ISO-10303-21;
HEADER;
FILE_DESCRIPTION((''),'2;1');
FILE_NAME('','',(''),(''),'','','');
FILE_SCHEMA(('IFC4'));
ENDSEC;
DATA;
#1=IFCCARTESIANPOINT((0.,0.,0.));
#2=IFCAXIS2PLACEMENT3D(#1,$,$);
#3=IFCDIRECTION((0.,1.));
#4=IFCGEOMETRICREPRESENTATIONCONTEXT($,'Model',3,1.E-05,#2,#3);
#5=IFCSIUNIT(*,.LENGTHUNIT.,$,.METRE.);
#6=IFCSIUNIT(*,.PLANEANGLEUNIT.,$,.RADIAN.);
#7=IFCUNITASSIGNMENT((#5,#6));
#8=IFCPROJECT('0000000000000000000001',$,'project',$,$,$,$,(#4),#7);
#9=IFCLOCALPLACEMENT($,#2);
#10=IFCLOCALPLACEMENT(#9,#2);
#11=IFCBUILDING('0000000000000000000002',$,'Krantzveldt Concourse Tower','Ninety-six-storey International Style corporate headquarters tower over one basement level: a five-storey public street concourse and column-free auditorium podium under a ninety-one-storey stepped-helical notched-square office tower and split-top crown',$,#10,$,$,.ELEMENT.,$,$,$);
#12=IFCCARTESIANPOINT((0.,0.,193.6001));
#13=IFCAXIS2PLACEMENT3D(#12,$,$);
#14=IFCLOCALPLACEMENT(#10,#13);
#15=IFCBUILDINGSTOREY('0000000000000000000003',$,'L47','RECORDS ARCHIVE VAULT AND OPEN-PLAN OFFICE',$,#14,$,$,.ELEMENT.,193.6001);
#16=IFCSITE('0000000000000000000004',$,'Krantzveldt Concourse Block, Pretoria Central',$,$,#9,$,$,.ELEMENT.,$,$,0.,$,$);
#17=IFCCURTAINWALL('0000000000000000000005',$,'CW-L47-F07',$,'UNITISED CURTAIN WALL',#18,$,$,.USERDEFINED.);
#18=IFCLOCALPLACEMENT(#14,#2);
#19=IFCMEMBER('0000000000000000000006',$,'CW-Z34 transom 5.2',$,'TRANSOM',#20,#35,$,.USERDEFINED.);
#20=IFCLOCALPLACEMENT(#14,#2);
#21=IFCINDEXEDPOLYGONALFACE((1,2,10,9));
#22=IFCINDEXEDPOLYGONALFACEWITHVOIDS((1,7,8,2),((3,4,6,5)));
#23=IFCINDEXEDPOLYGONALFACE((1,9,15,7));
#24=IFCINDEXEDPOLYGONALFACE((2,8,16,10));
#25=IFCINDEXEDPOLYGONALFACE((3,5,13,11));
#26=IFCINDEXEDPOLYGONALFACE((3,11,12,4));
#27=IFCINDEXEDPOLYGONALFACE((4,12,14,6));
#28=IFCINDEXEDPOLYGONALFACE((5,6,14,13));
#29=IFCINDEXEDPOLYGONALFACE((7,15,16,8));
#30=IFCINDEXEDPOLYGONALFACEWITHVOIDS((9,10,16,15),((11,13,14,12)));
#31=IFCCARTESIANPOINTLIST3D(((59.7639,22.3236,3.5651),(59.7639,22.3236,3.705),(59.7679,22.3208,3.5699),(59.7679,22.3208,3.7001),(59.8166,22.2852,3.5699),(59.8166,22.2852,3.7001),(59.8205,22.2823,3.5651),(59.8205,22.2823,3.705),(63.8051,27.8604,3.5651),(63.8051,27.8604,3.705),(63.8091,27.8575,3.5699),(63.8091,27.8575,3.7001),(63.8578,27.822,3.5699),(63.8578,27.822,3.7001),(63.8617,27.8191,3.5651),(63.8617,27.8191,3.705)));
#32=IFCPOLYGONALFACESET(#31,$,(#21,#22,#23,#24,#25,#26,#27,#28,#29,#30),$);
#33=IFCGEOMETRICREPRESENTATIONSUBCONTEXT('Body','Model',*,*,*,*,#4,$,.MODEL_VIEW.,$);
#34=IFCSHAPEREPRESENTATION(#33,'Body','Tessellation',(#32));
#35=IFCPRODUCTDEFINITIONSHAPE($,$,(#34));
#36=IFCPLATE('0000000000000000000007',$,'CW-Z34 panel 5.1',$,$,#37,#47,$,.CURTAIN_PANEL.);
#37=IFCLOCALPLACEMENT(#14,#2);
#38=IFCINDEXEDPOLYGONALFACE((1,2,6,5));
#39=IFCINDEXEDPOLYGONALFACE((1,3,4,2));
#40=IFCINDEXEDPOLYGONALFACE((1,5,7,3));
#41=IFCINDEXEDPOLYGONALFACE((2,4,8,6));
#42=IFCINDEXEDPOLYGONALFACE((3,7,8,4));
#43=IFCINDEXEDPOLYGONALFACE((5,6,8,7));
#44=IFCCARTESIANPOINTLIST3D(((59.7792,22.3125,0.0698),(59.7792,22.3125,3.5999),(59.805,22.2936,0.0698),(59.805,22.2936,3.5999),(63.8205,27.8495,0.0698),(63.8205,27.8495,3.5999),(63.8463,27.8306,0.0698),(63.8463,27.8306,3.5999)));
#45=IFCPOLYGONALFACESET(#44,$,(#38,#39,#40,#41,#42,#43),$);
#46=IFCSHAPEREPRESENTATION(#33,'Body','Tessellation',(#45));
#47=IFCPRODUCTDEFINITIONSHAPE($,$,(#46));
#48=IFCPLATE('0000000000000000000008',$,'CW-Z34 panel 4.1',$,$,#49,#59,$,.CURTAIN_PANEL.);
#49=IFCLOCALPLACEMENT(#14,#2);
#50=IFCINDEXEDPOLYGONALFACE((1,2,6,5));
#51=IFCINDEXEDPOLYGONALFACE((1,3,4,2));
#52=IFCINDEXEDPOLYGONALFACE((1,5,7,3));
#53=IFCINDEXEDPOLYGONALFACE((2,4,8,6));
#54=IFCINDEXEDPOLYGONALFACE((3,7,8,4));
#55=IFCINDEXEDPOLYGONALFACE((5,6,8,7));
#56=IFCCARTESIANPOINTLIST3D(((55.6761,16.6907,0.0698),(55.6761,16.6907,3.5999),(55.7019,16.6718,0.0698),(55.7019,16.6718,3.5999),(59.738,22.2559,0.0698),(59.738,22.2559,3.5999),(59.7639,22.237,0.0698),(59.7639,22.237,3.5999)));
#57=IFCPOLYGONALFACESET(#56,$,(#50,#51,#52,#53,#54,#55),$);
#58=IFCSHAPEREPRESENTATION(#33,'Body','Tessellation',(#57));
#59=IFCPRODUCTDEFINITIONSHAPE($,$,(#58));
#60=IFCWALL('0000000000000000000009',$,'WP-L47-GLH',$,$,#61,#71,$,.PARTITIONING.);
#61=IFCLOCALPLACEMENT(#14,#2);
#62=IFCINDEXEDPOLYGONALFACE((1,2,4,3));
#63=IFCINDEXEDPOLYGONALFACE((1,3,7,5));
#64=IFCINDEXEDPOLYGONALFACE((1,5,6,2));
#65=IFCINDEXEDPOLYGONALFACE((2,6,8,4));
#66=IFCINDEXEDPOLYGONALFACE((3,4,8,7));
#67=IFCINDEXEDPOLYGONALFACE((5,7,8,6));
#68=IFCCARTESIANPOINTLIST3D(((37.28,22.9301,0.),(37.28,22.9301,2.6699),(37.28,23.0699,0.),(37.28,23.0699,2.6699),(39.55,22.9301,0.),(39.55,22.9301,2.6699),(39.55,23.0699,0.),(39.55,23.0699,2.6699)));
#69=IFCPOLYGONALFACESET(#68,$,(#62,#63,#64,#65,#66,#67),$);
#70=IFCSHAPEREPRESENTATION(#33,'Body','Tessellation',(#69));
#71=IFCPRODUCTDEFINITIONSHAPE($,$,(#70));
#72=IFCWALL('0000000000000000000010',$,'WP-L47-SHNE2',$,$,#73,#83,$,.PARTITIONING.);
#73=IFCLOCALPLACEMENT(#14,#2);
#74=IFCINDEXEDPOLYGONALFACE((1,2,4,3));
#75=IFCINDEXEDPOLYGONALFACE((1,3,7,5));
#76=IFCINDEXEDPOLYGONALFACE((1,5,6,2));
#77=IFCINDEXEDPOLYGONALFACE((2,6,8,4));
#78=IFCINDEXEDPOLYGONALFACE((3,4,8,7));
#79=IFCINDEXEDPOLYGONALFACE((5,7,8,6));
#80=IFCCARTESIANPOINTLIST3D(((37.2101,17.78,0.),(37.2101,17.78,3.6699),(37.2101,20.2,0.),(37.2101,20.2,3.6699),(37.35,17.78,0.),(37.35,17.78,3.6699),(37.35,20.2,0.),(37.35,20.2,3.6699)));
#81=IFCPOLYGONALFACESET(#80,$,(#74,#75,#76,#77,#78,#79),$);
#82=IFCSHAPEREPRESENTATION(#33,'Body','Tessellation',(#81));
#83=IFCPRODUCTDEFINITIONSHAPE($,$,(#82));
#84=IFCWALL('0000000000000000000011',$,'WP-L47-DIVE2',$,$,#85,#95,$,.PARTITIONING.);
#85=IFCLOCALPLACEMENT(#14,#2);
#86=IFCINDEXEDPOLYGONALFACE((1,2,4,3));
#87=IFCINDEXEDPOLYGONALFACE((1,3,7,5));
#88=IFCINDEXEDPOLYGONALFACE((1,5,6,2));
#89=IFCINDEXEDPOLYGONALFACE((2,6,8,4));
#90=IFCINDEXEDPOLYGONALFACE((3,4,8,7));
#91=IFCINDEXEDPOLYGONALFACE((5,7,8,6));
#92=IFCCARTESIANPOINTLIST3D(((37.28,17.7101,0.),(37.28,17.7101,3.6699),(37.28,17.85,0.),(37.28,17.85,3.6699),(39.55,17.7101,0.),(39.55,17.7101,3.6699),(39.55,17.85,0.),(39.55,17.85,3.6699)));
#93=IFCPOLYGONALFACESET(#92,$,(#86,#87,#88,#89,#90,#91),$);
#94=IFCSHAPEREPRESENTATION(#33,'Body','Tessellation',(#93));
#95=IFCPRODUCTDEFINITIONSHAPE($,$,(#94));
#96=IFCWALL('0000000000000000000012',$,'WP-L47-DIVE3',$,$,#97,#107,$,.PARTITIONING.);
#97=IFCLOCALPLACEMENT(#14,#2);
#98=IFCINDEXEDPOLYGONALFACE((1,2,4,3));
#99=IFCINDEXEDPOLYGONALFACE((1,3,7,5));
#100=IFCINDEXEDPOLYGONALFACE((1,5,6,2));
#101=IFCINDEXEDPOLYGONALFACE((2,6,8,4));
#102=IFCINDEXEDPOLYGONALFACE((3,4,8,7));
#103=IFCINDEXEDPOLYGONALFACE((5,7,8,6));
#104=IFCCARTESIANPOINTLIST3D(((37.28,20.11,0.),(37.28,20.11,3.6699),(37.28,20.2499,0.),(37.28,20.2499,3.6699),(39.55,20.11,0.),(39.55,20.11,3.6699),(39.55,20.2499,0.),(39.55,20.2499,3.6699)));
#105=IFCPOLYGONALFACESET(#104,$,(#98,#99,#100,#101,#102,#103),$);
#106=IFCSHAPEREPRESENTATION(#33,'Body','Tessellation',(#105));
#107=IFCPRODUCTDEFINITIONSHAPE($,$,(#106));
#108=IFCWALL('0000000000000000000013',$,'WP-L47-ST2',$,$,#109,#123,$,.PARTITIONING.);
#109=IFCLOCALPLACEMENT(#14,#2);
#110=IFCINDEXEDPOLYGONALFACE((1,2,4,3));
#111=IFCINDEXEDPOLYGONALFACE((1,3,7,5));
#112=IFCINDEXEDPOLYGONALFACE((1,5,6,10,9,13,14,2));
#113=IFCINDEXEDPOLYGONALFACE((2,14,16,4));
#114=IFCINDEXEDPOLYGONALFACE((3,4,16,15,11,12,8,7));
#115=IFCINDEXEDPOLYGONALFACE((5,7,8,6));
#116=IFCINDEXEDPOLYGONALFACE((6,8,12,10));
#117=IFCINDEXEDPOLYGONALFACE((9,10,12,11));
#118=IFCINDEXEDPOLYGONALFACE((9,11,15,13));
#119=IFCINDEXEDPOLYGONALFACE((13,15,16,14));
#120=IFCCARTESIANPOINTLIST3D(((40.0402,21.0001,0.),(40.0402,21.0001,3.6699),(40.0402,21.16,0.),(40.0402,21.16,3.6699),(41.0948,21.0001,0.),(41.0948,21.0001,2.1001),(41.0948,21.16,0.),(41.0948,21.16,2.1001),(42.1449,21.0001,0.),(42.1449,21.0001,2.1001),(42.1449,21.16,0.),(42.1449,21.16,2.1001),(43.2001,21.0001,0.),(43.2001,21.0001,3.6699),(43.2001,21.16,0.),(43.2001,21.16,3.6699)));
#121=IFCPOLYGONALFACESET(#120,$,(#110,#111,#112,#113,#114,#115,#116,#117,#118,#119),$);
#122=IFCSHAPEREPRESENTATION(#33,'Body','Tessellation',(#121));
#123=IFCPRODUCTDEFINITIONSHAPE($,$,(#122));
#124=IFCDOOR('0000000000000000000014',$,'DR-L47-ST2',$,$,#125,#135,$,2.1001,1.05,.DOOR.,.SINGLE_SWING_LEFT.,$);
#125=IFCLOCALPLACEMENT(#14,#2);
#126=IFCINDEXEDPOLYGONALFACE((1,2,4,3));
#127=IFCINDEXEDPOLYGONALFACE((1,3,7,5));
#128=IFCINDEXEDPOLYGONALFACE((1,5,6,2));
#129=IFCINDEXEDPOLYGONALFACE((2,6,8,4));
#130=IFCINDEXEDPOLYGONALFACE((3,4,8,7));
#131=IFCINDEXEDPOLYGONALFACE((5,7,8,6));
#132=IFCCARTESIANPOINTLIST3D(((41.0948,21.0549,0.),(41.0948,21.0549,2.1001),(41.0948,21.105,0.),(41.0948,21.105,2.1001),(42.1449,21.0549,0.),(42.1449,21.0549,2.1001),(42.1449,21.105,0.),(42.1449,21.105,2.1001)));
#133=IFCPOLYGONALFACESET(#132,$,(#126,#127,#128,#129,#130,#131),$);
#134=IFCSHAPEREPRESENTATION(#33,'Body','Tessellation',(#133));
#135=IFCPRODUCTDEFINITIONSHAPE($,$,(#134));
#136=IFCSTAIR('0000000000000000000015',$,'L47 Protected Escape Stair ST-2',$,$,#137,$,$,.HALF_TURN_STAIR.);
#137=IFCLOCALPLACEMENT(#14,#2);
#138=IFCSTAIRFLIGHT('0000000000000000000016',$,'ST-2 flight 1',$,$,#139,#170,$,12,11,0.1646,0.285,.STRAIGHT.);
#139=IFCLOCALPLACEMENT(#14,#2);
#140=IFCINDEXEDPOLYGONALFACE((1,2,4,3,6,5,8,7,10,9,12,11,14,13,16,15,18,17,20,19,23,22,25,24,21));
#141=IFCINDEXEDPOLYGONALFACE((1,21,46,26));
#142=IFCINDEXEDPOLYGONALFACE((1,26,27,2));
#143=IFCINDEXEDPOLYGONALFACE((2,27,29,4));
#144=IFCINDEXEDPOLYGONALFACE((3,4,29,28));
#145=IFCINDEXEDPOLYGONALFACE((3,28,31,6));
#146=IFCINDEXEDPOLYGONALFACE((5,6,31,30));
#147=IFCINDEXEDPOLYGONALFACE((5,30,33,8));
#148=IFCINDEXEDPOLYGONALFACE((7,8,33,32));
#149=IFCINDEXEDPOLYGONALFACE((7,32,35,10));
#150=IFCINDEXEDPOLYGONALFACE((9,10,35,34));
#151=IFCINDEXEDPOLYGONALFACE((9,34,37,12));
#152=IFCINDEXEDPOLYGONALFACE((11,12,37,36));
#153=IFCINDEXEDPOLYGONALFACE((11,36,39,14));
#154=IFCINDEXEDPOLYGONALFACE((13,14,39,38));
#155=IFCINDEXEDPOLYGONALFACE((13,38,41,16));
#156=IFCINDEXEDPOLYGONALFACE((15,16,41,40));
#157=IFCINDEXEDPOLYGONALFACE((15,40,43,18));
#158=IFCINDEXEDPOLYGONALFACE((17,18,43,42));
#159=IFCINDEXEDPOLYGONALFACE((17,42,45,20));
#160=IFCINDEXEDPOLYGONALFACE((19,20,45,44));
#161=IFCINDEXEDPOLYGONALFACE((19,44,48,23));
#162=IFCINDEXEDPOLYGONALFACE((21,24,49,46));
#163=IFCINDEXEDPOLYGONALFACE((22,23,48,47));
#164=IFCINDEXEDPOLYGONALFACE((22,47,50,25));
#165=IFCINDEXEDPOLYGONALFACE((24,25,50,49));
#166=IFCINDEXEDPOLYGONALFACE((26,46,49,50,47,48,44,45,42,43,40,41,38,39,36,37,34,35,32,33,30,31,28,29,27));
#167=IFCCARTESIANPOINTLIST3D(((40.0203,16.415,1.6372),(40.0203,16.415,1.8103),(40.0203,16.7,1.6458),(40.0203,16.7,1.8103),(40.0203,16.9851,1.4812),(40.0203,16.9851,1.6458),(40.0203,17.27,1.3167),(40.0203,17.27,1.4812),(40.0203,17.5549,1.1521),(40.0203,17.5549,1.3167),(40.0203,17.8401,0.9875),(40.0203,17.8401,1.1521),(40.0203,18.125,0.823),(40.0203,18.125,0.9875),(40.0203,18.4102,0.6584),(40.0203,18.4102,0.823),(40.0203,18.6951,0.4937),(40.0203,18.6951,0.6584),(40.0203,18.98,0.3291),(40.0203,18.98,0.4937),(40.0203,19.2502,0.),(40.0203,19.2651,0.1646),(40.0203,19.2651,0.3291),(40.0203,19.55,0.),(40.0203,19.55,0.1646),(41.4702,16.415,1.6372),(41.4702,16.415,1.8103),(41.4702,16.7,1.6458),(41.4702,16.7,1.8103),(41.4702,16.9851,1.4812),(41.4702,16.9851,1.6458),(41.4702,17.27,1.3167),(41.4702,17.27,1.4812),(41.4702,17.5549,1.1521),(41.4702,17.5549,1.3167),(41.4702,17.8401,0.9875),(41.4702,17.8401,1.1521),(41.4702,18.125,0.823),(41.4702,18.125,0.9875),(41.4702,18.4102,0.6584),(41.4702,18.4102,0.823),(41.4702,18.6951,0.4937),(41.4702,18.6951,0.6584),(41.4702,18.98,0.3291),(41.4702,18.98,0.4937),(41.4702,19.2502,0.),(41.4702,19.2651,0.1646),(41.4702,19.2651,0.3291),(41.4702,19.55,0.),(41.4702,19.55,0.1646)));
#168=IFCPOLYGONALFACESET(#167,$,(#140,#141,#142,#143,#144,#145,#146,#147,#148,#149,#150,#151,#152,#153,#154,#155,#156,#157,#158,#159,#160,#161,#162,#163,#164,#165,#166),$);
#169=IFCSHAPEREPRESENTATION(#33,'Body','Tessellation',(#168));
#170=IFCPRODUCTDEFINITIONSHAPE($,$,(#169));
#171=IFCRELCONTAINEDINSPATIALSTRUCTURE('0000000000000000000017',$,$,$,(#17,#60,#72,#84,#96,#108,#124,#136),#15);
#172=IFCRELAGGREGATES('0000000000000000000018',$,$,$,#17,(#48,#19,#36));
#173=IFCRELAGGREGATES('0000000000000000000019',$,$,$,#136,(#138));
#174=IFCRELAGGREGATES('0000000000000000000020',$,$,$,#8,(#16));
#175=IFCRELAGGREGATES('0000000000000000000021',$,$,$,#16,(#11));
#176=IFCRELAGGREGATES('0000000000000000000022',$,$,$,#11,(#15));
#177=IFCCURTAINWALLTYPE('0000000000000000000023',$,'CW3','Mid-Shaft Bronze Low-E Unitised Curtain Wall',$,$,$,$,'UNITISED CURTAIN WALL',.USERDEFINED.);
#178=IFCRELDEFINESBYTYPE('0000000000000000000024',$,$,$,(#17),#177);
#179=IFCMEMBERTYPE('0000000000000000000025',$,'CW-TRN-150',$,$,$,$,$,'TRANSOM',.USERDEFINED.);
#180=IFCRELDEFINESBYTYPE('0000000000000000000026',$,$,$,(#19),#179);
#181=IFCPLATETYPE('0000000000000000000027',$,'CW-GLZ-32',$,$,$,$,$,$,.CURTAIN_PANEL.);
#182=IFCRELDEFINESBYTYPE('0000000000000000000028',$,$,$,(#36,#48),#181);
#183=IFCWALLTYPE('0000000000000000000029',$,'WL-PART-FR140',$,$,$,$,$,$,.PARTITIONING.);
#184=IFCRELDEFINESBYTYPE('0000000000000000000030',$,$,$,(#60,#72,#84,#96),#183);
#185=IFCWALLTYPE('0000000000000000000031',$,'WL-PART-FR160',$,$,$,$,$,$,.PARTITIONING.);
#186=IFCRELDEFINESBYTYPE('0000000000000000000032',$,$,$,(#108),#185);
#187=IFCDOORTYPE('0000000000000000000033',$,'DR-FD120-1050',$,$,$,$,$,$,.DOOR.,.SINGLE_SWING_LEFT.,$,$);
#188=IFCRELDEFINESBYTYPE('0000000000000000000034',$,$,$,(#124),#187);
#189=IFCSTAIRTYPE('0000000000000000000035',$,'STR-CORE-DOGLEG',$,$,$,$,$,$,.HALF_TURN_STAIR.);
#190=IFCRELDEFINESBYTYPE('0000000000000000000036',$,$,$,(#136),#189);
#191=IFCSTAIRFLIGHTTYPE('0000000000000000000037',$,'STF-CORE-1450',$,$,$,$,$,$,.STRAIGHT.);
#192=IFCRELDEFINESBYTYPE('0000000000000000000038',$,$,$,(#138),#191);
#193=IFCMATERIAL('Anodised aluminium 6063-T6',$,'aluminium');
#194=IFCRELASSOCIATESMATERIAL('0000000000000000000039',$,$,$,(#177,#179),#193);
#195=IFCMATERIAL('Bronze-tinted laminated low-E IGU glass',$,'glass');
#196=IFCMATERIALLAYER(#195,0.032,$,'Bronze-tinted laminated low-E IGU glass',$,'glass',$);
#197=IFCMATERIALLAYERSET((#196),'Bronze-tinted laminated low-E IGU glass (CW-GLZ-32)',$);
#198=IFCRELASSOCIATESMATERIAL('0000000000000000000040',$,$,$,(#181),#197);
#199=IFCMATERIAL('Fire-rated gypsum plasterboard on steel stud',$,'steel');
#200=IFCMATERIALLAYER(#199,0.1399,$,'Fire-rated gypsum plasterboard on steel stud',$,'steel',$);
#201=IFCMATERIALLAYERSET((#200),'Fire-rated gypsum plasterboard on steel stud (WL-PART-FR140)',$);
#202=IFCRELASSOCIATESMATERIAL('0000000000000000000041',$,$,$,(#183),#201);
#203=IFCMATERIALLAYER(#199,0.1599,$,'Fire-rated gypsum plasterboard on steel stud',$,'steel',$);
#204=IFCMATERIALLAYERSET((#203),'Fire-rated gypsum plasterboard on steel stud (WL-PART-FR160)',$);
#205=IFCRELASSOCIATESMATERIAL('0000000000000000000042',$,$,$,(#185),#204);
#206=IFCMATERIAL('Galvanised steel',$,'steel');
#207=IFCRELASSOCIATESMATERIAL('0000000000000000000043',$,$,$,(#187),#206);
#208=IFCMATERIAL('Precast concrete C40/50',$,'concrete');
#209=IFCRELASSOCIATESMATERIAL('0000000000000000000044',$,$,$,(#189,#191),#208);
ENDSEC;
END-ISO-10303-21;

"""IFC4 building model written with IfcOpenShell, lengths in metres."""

from ifc_helpers import new_model, si_unit, direction, frame, frame_2d, origin, origin_2d, place, context, subcontext, project, spatial, polyline, rectangle, hollow_rectangle, outline, extrude, source, transform, mapped, material, layer, layer_set, material_profile, profile_set, type_object, type_shapes, element, fill, aggregate, save


model = new_model("IFC4")

# Units and contexts
model_context = context("Model", 3, precision=1e-05, world=origin(), true_north=direction((0.0, 1.0)))
body_context = subcontext(model_context, "Body", "Model", "MODEL_VIEW")
ifc_project = project(units=[si_unit("LENGTHUNIT", "METRE"), si_unit("PLANEANGLEUNIT", "RADIAN")], contexts=[model_context])

# Site, building, storey
site_placement = place(None, origin())
site = spatial("IfcSite", under=ifc_project, at=site_placement, Name="Krantzveldt Concourse Block, Pretoria Central", CompositionType="ELEMENT", RefElevation=0.0)
building_placement = place(site_placement, origin())
building = spatial("IfcBuilding", under=site, at=building_placement, Name="Krantzveldt Concourse Tower", Description="Ninety-six-storey International Style corporate headquarters tower over one basement level: a five-storey public street concourse and column-free auditorium podium under a ninety-one-storey stepped-helical notched-square office tower and split-top crown", CompositionType="ELEMENT")
storey_placement = place(building_placement, frame((0.0, 0.0, 193.6001)))
storey = spatial("IfcBuildingStorey", under=building, at=storey_placement, Name="L47", Description="RECORDS ARCHIVE VAULT AND OPEN-PLAN OFFICE", CompositionType="ELEMENT", Elevation=193.6001)

# Curtain wall, member, plates
ifc_material_1 = material(Name="Anodised aluminium 6063-T6", Category="aluminium")
curtain_wall_type = type_object("IfcCurtainWallType", Name="CW3", Description="Mid-Shaft Bronze Low-E Unitised Curtain Wall", ElementType="UNITISED CURTAIN WALL", PredefinedType="USERDEFINED", material=ifc_material_1)
curtain_wall_placement = place(storey_placement, origin())
curtain_wall = element("IfcCurtainWall", 1, at=curtain_wall_placement, inside=storey, type_object=curtain_wall_type, Name="CW-L47-F07", ObjectType="UNITISED CURTAIN WALL", PredefinedType="USERDEFINED")
ifc_material_profile_1 = material_profile(ifc_material_1, hollow_rectangle(XDim=0.0701, YDim=0.1399, WallThickness=0.0049, at=origin_2d()), Name="Anodised aluminium 6063-T6", Category="aluminium")
ifc_profile_set_1 = profile_set([ifc_material_profile_1], Name="Anodised aluminium 6063-T6 - ALU-TRAN 140x70x5")
member_type_1 = type_object("IfcMemberType", Name="CW-TRN-150", ElementType="TRANSOM", PredefinedType="USERDEFINED", material=ifc_profile_set_1)
shared_shape_1 = source(origin(), body_context, "Body", "SweptSolid", [
    extrude(hollow_rectangle(XDim=0.0701, YDim=0.1399, WallThickness=0.0049, at=origin_2d()), origin(), (0.0, 0.0, 1.0), 6.8547),
])
member_1_placement = place(storey_placement, frame((59.7922, 22.303, 3.635), z_axis=(0.589549, 0.807732, 0.0), x_axis=(-0.807732, 0.589549, 0.0)))
member_1 = element("IfcMember", 2, at=member_1_placement, type_object=member_type_1, Name="CW-Z34 transom 5.2", ObjectType="TRANSOM", PredefinedType="USERDEFINED", context=body_context, shape_type="MappedRepresentation", body=[
    mapped(shared_shape_1, transform((0.0, 0.0, 0.0), x_axis=(1.0, 0.0, 0.0), y_axis=(0.0, 1.0, 0.0), z_axis=(0.0, 0.0, 1.0), scale=1.0)),
])
ifc_material_2 = material(Name="Bronze-tinted laminated low-E IGU glass", Category="glass")
ifc_layer_1 = layer(ifc_material_2, 0.032, Name="Bronze-tinted laminated low-E IGU glass", Category="glass")
ifc_layer_set_1 = layer_set([ifc_layer_1], Name="Bronze-tinted laminated low-E IGU glass (CW-GLZ-32)")
plate_type = type_object("IfcPlateType", Name="CW-GLZ-32", PredefinedType="CURTAIN_PANEL", material=ifc_layer_set_1)
shared_shape_2 = source(origin(), body_context, "Body", "SweptSolid", [
    extrude(rectangle(XDim=6.855, YDim=0.032, at=origin_2d()), origin(), (0.0, 0.0, 1.0), 3.53),
])
plate_1_placement = place(storey_placement, frame((61.8127, 25.0715, 0.0698), z_axis=(0.0, 0.0, 1.0), x_axis=(0.589549, 0.807733, 0.0)))
plate_1 = element("IfcPlate", 3, at=plate_1_placement, type_object=plate_type, Name="CW-Z34 panel 5.1", PredefinedType="CURTAIN_PANEL", context=body_context, shape_type="MappedRepresentation", body=[
    mapped(shared_shape_2, transform((0.0, 0.0, 0.0), x_axis=(1.0, 0.0, 0.0), y_axis=(0.0, 1.0, 0.0), z_axis=(0.0, 0.0, 1.0), scale=1.0)),
])
shared_shape_3 = source(origin(), body_context, "Body", "SweptSolid", [
    extrude(rectangle(XDim=6.8899, YDim=0.032, at=origin_2d()), origin(), (0.0, 0.0, 1.0), 3.53),
])
type_shapes(plate_type, [shared_shape_2, shared_shape_3])
plate_2_placement = place(storey_placement, frame((57.72, 19.4639, 0.0698), z_axis=(0.0, 0.0, 1.0), x_axis=(0.589549, 0.807733, 0.0)))
plate_2 = element("IfcPlate", 4, at=plate_2_placement, type_object=plate_type, Name="CW-Z34 panel 4.1", PredefinedType="CURTAIN_PANEL", context=body_context, shape_type="MappedRepresentation", body=[
    mapped(shared_shape_3, transform((0.0, 0.0, 0.0), x_axis=(1.0, 0.0, 0.0), y_axis=(0.0, 1.0, 0.0), z_axis=(0.0, 0.0, 1.0), scale=1.0)),
])
aggregate(curtain_wall, [plate_2, member_1, plate_1])

# Shared definitions
ifc_material_3 = material(Name="Fire-rated gypsum plasterboard on steel stud", Category="steel")
ifc_layer_2 = layer(ifc_material_3, 0.1399, Name="Fire-rated gypsum plasterboard on steel stud", Category="steel")
ifc_layer_set_2 = layer_set([ifc_layer_2], Name="Fire-rated gypsum plasterboard on steel stud (WL-PART-FR140)")
wall_type_1 = type_object("IfcWallType", Name="WL-PART-FR140", PredefinedType="PARTITIONING", material=ifc_layer_set_2)

# Walls
wall_1_placement = place(storey_placement, frame((37.28, 23.0, 0.0), z_axis=(0.0, 0.0, 1.0), x_axis=(1.0, 0.0, 0.0)))
element("IfcWall", 5, at=wall_1_placement, inside=storey, type_object=wall_type_1, Name="WP-L47-GLH", PredefinedType="PARTITIONING", context=body_context, shape_type="SweptSolid", body=[
    extrude(rectangle(XDim=2.27, YDim=0.1399, at=frame_2d((1.135, 0.0))), origin(), (0.0, 0.0, 1.0), 2.6699),
])
wall_2_placement = place(storey_placement, frame((37.28, 17.78, 0.0), z_axis=(0.0, 0.0, 1.0), x_axis=(0.0, 1.0, 0.0)))
element("IfcWall", 6, at=wall_2_placement, inside=storey, type_object=wall_type_1, Name="WP-L47-SHNE2", PredefinedType="PARTITIONING", context=body_context, shape_type="SweptSolid", body=[
    extrude(rectangle(XDim=2.4199, YDim=0.1399, at=frame_2d((1.21, 0.0))), origin(), (0.0, 0.0, 1.0), 3.6699),
])
for number, where, z_axis, x_axis, name in (
    (7, (37.28, 17.78, 0.0), (0.0, 0.0, 1.0), (1.0, 0.0, 0.0), "WP-L47-DIVE2"),
    (8, (37.28, 20.1799, 0.0), (0.0, 0.0, 1.0), (1.0, 0.0, 0.0), "WP-L47-DIVE3"),
):
    element("IfcWall", number, at=place(storey_placement, frame(where, z_axis=z_axis, x_axis=x_axis)), inside=storey, type_object=wall_type_1, Name=name, PredefinedType="PARTITIONING", context=body_context, shape_type="SweptSolid", body=[
        extrude(rectangle(XDim=2.27, YDim=0.1399, at=frame_2d((1.135, 0.0))), origin(), (0.0, 0.0, 1.0), 3.6699),
    ])

# Wall, opening, door
ifc_layer_3 = layer(ifc_material_3, 0.1599, Name="Fire-rated gypsum plasterboard on steel stud", Category="steel")
ifc_layer_set_3 = layer_set([ifc_layer_3], Name="Fire-rated gypsum plasterboard on steel stud (WL-PART-FR160)")
wall_type_2 = type_object("IfcWallType", Name="WL-PART-FR160", PredefinedType="PARTITIONING", material=ifc_layer_set_3)
wall_3_placement = place(storey_placement, frame((40.04, 21.0801, 0.0), z_axis=(0.0, 0.0, 1.0), x_axis=(1.0, 0.0, 0.0)))
wall_3 = element("IfcWall", 9, at=wall_3_placement, inside=storey, type_object=wall_type_2, Name="WP-L47-ST2", PredefinedType="PARTITIONING", context=body_context, shape_type="SweptSolid", body=[
    extrude(rectangle(XDim=3.1599, YDim=0.1599, at=frame_2d((1.5801, 0.0))), origin(), (0.0, 0.0, 1.0), 3.6699),
])
opening_1_placement = place(wall_3_placement, frame((1.0549, 0.0, 0.0)))
opening_1 = element("IfcOpeningElement", 10, at=opening_1_placement, cuts=wall_3, PredefinedType="OPENING", context=body_context, shape_type="SweptSolid", body=[
    extrude(rectangle(XDim=1.05, YDim=2.1001, at=frame_2d((0.5249, 1.05))), frame((0.0, 0.0898, 0.0), z_axis=(0.0, -1.0, 0.0), x_axis=(1.0, 0.0, 0.0)), (0.0, 0.0, 1.0), 0.1799),
])
ifc_material_4 = material(Name="Galvanised steel", Category="steel")
door_type_1 = type_object("IfcDoorType", Name="DR-FD120-1050", OperationType="SINGLE_SWING_LEFT", PredefinedType="DOOR", material=ifc_material_4)
door_1_placement = place(opening_1_placement, origin())
door_1 = element("IfcDoor", 11, at=door_1_placement, inside=storey, type_object=door_type_1, Name="DR-L47-ST2", OperationType="SINGLE_SWING_LEFT", OverallHeight=2.1001, OverallWidth=1.05, PredefinedType="DOOR", context=body_context, shape_type="SweptSolid", body=[
    extrude(rectangle(XDim=1.05, YDim=2.1001, at=frame_2d((0.5249, 1.05))), frame((0.0, 0.0249, 0.0), z_axis=(0.0, -1.0, 0.0), x_axis=(1.0, 0.0, 0.0)), (0.0, 0.0, 1.0), 0.05),
])
fill(opening_1, door_1)

# Stair, stair flight
ifc_material_5 = material(Name="Precast concrete C40/50", Category="concrete")
stair_type = type_object("IfcStairType", Name="STR-CORE-DOGLEG", PredefinedType="HALF_TURN_STAIR", material=ifc_material_5)
stair_placement = place(storey_placement, origin())
stair = element("IfcStair", 12, at=stair_placement, inside=storey, type_object=stair_type, Name="L47 Protected Escape Stair ST-2", PredefinedType="HALF_TURN_STAIR")
stair_flight_type = type_object("IfcStairFlightType", Name="STF-CORE-1450", PredefinedType="STRAIGHT", material=ifc_material_5)
stair_flight_1_placement = place(storey_placement, frame((40.7451, 19.55, 0.0), z_axis=(0.0, 0.0, 1.0), x_axis=(0.0, -1.0, 0.0)))
stair_flight_1 = element("IfcStairFlight", 13, at=stair_flight_1_placement, type_object=stair_flight_type, Name="ST-2 flight 1", NumberOfRisers=12, NumberOfTreads=11, PredefinedType="STRAIGHT", RiserHeight=0.1646, TreadLength=0.285, context=body_context, shape_type="SweptSolid", body=[
    extrude(outline(polyline([(0.0, 0.0), (0.0, 0.1646), (0.2849, 0.1646), (0.2849, 0.3291), (0.5701, 0.3291), (0.5701, 0.4937), (0.855, 0.4937), (0.855, 0.6584), (1.1399, 0.6584), (1.1399, 0.823), (1.425, 0.823), (1.425, 0.9875), (1.71, 0.9875), (1.71, 1.1521), (1.9951, 1.1521), (1.9951, 1.3167), (2.28, 1.3167), (2.28, 1.4812), (2.5649, 1.4812), (2.5649, 1.6458), (2.8501, 1.6458), (2.8501, 1.8103), (3.135, 1.8103), (3.135, 1.9751), (3.135, 1.6372), (0.2998, 0.0), (0.0, 0.0)])), frame((0.0, 0.7251, 0.0), z_axis=(0.0, -1.0, 0.0), x_axis=(1.0, 0.0, 0.0)), (0.0, 0.0, 1.0), 1.45),
])
aggregate(stair, [stair_flight_1])

save(model, "model.ifc")
